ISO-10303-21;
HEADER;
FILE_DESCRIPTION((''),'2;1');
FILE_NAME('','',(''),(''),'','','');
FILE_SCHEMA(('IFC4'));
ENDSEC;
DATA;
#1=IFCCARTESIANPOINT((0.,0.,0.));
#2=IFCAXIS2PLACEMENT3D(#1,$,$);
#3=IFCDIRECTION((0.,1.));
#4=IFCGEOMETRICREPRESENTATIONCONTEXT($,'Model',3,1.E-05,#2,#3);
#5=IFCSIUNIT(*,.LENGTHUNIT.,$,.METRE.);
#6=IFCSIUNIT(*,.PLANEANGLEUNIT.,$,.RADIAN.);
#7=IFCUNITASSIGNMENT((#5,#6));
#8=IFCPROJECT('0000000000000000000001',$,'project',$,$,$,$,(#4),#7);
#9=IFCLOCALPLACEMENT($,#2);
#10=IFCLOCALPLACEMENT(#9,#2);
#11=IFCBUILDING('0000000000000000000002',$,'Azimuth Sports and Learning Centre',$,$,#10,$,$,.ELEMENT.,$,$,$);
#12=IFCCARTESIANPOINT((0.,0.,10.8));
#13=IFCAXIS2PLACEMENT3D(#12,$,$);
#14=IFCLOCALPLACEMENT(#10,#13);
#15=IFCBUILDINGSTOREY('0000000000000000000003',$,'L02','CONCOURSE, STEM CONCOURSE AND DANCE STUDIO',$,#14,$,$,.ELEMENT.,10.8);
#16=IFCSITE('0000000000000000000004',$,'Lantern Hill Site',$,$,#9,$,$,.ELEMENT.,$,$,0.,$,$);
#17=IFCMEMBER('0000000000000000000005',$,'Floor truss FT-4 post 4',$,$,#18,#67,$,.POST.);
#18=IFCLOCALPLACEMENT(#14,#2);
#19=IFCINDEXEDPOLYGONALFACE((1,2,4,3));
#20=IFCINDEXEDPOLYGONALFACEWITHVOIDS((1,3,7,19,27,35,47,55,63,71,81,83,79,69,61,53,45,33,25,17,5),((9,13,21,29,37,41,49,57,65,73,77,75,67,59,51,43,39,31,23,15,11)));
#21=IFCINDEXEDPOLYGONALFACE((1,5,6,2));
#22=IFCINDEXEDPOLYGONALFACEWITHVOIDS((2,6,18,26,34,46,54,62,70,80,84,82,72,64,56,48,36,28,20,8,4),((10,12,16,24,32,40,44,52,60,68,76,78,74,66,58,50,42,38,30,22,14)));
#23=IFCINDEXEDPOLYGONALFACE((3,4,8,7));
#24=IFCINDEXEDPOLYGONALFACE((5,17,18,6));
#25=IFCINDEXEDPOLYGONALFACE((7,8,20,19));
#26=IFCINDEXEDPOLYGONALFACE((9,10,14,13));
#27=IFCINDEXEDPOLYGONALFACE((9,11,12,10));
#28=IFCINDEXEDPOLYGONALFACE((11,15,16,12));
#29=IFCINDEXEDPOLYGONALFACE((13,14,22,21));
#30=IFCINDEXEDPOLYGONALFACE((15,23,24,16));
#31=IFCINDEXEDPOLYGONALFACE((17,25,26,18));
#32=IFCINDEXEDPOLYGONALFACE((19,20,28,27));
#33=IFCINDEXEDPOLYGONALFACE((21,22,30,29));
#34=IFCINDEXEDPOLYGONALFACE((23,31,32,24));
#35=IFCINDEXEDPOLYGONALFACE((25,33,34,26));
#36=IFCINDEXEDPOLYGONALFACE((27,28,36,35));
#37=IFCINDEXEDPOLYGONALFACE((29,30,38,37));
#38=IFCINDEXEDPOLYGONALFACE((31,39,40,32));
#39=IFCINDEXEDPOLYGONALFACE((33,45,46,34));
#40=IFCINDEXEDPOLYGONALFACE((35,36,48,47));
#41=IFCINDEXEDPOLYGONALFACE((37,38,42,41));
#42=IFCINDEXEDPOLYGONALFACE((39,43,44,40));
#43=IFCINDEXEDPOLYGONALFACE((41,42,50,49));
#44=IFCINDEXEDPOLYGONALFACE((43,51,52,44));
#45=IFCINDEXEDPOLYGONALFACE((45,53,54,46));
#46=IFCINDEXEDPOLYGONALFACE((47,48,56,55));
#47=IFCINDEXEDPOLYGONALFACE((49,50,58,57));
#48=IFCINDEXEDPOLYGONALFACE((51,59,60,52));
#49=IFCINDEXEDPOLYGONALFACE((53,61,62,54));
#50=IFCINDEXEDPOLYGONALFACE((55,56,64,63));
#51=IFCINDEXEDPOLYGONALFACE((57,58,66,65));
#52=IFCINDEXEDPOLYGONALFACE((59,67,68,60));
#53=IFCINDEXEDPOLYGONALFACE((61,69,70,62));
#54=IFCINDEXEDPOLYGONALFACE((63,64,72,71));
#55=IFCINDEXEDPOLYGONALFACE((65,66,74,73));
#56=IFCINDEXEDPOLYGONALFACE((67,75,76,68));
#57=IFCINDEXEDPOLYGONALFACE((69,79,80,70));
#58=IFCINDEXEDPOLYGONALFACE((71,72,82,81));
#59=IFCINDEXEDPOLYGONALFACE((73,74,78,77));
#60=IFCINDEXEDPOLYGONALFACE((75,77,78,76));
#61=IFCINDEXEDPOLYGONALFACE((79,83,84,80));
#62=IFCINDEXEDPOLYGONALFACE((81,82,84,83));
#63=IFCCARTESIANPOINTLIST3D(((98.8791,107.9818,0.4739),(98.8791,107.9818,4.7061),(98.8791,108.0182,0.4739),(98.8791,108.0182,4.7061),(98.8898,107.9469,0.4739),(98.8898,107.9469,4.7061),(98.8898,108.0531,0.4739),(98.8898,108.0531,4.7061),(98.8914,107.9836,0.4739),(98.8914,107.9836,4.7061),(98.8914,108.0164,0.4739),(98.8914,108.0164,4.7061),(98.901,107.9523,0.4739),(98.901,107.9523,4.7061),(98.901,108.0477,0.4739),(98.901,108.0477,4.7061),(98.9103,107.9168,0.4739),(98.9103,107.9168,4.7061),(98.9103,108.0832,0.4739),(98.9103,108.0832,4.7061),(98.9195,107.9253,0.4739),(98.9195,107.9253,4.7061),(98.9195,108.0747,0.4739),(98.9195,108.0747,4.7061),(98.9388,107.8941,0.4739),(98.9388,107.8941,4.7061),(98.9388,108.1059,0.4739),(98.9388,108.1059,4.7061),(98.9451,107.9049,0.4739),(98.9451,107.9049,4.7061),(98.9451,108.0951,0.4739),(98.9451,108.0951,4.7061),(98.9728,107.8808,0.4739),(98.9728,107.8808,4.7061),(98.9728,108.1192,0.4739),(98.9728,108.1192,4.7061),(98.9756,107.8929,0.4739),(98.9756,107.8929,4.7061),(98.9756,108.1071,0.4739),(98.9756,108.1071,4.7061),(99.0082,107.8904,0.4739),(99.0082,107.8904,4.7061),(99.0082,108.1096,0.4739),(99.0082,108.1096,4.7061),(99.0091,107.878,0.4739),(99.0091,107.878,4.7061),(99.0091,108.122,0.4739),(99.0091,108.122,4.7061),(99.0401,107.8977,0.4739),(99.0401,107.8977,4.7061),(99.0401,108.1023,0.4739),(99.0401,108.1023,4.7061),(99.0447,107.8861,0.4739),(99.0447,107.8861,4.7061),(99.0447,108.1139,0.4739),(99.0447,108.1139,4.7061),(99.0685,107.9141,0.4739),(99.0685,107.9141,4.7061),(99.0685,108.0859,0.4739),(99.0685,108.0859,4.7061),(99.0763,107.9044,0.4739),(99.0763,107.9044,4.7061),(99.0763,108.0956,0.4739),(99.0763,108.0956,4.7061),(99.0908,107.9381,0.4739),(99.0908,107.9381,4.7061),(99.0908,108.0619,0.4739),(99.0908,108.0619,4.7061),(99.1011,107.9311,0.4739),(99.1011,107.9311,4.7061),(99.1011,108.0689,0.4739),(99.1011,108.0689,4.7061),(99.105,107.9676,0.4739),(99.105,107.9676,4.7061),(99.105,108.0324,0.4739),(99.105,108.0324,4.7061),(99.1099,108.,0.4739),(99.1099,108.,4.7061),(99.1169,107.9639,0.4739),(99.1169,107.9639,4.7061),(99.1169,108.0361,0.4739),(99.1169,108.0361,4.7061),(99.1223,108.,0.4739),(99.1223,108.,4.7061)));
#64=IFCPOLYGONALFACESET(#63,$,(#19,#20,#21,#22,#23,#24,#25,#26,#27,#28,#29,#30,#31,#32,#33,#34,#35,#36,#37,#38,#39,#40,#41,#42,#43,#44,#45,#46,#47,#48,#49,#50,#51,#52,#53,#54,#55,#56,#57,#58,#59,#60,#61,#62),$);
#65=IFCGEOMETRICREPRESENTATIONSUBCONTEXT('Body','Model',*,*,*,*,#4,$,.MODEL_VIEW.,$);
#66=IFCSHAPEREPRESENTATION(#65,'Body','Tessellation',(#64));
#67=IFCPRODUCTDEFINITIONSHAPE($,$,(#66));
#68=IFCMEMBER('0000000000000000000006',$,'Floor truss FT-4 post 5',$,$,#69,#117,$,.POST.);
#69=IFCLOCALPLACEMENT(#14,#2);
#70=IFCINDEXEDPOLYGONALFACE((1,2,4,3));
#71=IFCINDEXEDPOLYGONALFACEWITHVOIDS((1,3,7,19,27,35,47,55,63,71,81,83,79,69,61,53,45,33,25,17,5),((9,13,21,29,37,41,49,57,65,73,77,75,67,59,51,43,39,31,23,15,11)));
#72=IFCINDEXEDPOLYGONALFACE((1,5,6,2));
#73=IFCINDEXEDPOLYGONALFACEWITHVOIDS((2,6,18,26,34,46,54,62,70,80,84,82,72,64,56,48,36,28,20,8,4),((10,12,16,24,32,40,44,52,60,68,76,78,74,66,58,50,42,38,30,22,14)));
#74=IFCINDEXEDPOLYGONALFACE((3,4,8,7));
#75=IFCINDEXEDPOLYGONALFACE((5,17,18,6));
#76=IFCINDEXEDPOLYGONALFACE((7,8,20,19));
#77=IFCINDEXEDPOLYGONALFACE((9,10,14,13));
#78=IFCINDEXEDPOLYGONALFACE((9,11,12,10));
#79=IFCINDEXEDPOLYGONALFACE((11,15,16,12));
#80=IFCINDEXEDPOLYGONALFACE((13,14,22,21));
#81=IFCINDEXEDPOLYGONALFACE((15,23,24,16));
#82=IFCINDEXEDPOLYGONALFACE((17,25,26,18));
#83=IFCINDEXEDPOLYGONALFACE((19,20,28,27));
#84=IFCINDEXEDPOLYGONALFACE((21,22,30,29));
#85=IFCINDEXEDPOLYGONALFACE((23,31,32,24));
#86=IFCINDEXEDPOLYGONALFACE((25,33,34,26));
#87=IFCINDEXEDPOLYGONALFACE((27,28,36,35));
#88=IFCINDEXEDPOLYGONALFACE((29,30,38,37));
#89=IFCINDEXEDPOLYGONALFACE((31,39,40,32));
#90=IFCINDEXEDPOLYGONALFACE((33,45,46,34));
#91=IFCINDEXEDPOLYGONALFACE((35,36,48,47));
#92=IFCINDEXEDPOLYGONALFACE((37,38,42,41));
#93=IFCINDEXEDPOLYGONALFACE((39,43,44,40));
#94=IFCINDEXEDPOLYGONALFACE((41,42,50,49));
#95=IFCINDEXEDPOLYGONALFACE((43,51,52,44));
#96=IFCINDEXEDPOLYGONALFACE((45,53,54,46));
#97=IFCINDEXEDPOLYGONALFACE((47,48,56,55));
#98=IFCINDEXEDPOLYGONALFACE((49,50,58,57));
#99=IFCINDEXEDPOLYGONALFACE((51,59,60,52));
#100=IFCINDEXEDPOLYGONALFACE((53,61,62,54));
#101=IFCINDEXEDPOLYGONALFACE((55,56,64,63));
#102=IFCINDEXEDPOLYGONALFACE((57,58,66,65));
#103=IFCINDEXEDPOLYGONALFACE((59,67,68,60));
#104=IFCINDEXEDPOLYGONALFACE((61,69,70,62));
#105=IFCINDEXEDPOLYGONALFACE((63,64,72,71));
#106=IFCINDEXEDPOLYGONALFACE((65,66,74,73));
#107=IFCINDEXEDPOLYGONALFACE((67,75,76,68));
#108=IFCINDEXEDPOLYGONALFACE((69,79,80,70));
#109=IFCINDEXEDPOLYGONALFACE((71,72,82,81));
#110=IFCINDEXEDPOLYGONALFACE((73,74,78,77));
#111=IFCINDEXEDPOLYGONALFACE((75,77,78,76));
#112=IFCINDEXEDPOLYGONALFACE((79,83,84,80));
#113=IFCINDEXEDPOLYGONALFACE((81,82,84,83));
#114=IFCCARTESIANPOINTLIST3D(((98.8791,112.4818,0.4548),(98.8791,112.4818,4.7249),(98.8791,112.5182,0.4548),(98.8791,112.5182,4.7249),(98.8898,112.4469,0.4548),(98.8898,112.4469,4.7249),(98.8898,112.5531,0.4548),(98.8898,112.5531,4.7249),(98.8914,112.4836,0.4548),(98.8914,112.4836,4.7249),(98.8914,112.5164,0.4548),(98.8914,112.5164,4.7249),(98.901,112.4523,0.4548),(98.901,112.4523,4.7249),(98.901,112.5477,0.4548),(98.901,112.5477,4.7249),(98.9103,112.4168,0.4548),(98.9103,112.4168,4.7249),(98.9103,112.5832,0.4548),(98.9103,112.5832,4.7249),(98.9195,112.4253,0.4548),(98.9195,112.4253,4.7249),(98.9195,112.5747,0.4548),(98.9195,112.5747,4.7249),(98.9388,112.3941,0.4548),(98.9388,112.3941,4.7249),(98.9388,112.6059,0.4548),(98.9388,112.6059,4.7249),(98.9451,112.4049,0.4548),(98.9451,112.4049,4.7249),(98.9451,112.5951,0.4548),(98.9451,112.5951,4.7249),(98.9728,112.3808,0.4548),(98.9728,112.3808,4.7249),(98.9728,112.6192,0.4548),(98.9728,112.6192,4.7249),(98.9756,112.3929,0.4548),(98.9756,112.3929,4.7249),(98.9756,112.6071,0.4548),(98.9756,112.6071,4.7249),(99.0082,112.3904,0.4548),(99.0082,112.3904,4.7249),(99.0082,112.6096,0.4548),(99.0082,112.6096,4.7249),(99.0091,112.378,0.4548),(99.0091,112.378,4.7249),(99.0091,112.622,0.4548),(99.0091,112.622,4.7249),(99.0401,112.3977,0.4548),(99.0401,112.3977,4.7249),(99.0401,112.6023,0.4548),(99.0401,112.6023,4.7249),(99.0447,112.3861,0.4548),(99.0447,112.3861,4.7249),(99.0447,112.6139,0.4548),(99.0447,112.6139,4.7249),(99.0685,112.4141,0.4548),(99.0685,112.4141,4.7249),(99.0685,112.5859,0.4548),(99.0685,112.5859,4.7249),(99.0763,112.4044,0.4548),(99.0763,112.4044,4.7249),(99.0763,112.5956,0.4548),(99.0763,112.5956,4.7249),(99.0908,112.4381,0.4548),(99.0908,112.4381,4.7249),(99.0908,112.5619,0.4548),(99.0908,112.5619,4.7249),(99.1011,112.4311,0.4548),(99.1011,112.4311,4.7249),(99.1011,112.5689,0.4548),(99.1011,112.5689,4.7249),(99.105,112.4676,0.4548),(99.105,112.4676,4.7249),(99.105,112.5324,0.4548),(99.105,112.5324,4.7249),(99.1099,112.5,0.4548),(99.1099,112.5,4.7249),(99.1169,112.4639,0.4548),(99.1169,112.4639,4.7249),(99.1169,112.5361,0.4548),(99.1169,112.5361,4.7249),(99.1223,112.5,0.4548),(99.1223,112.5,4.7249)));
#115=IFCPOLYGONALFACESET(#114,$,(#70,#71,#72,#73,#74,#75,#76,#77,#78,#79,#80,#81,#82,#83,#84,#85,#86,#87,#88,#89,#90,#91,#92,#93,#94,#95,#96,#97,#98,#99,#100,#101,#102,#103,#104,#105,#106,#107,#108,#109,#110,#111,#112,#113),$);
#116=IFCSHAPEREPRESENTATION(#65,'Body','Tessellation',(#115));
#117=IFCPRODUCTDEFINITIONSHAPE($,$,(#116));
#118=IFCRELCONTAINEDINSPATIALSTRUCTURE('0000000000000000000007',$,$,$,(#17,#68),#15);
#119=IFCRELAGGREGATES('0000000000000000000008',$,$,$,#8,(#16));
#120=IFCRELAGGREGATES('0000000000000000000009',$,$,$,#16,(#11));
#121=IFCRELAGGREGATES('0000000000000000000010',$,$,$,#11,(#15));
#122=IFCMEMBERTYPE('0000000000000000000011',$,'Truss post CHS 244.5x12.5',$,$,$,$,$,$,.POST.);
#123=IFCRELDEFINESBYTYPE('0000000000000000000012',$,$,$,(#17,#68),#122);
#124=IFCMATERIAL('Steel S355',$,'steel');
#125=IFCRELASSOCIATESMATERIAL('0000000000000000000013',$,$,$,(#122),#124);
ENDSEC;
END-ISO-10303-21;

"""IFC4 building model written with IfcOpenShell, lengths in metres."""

from ifc_helpers import new_model, si_unit, direction, frame, origin, origin_2d, place, context, subcontext, project, spatial, hollow_circle, extrude, material, material_profile, profile_set, type_object, element, save


model = new_model("IFC4")

# Units and contexts
model_context = context("Model", 3, precision=1e-05, world=origin(), true_north=direction((0.0, 1.0)))
body_context = subcontext(model_context, "Body", "Model", "MODEL_VIEW")
ifc_project = project(units=[si_unit("LENGTHUNIT", "METRE"), si_unit("PLANEANGLEUNIT", "RADIAN")], contexts=[model_context])

# Site, building, storey
site_placement = place(None, origin())
site = spatial("IfcSite", under=ifc_project, at=site_placement, Name="Lantern Hill Site", CompositionType="ELEMENT", RefElevation=0.0)
building_placement = place(site_placement, origin())
building = spatial("IfcBuilding", under=site, at=building_placement, Name="Azimuth Sports and Learning Centre", CompositionType="ELEMENT")
storey_placement = place(building_placement, frame((0.0, 0.0, 10.8)))
storey = spatial("IfcBuildingStorey", under=building, at=storey_placement, Name="L02", Description="CONCOURSE, STEM CONCOURSE AND DANCE STUDIO", CompositionType="ELEMENT", Elevation=10.8)

# Members
ifc_material_1 = material(Name="Steel S355", Category="steel")
ifc_material_profile_1 = material_profile(ifc_material_1, hollow_circle(Radius=0.1223, WallThickness=0.0125, at=origin_2d()), Name="CHS 244.5x12.5")
ifc_profile_set_1 = profile_set([ifc_material_profile_1], Name="Steel S355")
member_type_1 = type_object("IfcMemberType", Name="Truss post CHS 244.5x12.5", PredefinedType="POST", material=ifc_profile_set_1)
member_1_placement = place(storey_placement, frame((99.0, 108.0, 0.4739), z_axis=(0.0, 0.0, 1.0), x_axis=(1.0, 0.0, 0.0)))
element("IfcMember", 1, at=member_1_placement, inside=storey, type_object=member_type_1, Name="Floor truss FT-4 post 4", PredefinedType="POST", context=body_context, shape_type="SweptSolid", body=[
    extrude(hollow_circle(Radius=0.1223, WallThickness=0.0125, at=origin_2d()), origin(), (0.0, 0.0, 1.0), 4.2322),
])
member_2_placement = place(storey_placement, frame((99.0, 112.5, 0.4548), z_axis=(0.0, 0.0, 1.0), x_axis=(1.0, 0.0, 0.0)))
element("IfcMember", 2, at=member_2_placement, inside=storey, type_object=member_type_1, Name="Floor truss FT-4 post 5", PredefinedType="POST", context=body_context, shape_type="SweptSolid", body=[
    extrude(hollow_circle(Radius=0.1223, WallThickness=0.0125, at=origin_2d()), origin(), (0.0, 0.0, 1.0), 4.27),
])

save(model, "model.ifc")
